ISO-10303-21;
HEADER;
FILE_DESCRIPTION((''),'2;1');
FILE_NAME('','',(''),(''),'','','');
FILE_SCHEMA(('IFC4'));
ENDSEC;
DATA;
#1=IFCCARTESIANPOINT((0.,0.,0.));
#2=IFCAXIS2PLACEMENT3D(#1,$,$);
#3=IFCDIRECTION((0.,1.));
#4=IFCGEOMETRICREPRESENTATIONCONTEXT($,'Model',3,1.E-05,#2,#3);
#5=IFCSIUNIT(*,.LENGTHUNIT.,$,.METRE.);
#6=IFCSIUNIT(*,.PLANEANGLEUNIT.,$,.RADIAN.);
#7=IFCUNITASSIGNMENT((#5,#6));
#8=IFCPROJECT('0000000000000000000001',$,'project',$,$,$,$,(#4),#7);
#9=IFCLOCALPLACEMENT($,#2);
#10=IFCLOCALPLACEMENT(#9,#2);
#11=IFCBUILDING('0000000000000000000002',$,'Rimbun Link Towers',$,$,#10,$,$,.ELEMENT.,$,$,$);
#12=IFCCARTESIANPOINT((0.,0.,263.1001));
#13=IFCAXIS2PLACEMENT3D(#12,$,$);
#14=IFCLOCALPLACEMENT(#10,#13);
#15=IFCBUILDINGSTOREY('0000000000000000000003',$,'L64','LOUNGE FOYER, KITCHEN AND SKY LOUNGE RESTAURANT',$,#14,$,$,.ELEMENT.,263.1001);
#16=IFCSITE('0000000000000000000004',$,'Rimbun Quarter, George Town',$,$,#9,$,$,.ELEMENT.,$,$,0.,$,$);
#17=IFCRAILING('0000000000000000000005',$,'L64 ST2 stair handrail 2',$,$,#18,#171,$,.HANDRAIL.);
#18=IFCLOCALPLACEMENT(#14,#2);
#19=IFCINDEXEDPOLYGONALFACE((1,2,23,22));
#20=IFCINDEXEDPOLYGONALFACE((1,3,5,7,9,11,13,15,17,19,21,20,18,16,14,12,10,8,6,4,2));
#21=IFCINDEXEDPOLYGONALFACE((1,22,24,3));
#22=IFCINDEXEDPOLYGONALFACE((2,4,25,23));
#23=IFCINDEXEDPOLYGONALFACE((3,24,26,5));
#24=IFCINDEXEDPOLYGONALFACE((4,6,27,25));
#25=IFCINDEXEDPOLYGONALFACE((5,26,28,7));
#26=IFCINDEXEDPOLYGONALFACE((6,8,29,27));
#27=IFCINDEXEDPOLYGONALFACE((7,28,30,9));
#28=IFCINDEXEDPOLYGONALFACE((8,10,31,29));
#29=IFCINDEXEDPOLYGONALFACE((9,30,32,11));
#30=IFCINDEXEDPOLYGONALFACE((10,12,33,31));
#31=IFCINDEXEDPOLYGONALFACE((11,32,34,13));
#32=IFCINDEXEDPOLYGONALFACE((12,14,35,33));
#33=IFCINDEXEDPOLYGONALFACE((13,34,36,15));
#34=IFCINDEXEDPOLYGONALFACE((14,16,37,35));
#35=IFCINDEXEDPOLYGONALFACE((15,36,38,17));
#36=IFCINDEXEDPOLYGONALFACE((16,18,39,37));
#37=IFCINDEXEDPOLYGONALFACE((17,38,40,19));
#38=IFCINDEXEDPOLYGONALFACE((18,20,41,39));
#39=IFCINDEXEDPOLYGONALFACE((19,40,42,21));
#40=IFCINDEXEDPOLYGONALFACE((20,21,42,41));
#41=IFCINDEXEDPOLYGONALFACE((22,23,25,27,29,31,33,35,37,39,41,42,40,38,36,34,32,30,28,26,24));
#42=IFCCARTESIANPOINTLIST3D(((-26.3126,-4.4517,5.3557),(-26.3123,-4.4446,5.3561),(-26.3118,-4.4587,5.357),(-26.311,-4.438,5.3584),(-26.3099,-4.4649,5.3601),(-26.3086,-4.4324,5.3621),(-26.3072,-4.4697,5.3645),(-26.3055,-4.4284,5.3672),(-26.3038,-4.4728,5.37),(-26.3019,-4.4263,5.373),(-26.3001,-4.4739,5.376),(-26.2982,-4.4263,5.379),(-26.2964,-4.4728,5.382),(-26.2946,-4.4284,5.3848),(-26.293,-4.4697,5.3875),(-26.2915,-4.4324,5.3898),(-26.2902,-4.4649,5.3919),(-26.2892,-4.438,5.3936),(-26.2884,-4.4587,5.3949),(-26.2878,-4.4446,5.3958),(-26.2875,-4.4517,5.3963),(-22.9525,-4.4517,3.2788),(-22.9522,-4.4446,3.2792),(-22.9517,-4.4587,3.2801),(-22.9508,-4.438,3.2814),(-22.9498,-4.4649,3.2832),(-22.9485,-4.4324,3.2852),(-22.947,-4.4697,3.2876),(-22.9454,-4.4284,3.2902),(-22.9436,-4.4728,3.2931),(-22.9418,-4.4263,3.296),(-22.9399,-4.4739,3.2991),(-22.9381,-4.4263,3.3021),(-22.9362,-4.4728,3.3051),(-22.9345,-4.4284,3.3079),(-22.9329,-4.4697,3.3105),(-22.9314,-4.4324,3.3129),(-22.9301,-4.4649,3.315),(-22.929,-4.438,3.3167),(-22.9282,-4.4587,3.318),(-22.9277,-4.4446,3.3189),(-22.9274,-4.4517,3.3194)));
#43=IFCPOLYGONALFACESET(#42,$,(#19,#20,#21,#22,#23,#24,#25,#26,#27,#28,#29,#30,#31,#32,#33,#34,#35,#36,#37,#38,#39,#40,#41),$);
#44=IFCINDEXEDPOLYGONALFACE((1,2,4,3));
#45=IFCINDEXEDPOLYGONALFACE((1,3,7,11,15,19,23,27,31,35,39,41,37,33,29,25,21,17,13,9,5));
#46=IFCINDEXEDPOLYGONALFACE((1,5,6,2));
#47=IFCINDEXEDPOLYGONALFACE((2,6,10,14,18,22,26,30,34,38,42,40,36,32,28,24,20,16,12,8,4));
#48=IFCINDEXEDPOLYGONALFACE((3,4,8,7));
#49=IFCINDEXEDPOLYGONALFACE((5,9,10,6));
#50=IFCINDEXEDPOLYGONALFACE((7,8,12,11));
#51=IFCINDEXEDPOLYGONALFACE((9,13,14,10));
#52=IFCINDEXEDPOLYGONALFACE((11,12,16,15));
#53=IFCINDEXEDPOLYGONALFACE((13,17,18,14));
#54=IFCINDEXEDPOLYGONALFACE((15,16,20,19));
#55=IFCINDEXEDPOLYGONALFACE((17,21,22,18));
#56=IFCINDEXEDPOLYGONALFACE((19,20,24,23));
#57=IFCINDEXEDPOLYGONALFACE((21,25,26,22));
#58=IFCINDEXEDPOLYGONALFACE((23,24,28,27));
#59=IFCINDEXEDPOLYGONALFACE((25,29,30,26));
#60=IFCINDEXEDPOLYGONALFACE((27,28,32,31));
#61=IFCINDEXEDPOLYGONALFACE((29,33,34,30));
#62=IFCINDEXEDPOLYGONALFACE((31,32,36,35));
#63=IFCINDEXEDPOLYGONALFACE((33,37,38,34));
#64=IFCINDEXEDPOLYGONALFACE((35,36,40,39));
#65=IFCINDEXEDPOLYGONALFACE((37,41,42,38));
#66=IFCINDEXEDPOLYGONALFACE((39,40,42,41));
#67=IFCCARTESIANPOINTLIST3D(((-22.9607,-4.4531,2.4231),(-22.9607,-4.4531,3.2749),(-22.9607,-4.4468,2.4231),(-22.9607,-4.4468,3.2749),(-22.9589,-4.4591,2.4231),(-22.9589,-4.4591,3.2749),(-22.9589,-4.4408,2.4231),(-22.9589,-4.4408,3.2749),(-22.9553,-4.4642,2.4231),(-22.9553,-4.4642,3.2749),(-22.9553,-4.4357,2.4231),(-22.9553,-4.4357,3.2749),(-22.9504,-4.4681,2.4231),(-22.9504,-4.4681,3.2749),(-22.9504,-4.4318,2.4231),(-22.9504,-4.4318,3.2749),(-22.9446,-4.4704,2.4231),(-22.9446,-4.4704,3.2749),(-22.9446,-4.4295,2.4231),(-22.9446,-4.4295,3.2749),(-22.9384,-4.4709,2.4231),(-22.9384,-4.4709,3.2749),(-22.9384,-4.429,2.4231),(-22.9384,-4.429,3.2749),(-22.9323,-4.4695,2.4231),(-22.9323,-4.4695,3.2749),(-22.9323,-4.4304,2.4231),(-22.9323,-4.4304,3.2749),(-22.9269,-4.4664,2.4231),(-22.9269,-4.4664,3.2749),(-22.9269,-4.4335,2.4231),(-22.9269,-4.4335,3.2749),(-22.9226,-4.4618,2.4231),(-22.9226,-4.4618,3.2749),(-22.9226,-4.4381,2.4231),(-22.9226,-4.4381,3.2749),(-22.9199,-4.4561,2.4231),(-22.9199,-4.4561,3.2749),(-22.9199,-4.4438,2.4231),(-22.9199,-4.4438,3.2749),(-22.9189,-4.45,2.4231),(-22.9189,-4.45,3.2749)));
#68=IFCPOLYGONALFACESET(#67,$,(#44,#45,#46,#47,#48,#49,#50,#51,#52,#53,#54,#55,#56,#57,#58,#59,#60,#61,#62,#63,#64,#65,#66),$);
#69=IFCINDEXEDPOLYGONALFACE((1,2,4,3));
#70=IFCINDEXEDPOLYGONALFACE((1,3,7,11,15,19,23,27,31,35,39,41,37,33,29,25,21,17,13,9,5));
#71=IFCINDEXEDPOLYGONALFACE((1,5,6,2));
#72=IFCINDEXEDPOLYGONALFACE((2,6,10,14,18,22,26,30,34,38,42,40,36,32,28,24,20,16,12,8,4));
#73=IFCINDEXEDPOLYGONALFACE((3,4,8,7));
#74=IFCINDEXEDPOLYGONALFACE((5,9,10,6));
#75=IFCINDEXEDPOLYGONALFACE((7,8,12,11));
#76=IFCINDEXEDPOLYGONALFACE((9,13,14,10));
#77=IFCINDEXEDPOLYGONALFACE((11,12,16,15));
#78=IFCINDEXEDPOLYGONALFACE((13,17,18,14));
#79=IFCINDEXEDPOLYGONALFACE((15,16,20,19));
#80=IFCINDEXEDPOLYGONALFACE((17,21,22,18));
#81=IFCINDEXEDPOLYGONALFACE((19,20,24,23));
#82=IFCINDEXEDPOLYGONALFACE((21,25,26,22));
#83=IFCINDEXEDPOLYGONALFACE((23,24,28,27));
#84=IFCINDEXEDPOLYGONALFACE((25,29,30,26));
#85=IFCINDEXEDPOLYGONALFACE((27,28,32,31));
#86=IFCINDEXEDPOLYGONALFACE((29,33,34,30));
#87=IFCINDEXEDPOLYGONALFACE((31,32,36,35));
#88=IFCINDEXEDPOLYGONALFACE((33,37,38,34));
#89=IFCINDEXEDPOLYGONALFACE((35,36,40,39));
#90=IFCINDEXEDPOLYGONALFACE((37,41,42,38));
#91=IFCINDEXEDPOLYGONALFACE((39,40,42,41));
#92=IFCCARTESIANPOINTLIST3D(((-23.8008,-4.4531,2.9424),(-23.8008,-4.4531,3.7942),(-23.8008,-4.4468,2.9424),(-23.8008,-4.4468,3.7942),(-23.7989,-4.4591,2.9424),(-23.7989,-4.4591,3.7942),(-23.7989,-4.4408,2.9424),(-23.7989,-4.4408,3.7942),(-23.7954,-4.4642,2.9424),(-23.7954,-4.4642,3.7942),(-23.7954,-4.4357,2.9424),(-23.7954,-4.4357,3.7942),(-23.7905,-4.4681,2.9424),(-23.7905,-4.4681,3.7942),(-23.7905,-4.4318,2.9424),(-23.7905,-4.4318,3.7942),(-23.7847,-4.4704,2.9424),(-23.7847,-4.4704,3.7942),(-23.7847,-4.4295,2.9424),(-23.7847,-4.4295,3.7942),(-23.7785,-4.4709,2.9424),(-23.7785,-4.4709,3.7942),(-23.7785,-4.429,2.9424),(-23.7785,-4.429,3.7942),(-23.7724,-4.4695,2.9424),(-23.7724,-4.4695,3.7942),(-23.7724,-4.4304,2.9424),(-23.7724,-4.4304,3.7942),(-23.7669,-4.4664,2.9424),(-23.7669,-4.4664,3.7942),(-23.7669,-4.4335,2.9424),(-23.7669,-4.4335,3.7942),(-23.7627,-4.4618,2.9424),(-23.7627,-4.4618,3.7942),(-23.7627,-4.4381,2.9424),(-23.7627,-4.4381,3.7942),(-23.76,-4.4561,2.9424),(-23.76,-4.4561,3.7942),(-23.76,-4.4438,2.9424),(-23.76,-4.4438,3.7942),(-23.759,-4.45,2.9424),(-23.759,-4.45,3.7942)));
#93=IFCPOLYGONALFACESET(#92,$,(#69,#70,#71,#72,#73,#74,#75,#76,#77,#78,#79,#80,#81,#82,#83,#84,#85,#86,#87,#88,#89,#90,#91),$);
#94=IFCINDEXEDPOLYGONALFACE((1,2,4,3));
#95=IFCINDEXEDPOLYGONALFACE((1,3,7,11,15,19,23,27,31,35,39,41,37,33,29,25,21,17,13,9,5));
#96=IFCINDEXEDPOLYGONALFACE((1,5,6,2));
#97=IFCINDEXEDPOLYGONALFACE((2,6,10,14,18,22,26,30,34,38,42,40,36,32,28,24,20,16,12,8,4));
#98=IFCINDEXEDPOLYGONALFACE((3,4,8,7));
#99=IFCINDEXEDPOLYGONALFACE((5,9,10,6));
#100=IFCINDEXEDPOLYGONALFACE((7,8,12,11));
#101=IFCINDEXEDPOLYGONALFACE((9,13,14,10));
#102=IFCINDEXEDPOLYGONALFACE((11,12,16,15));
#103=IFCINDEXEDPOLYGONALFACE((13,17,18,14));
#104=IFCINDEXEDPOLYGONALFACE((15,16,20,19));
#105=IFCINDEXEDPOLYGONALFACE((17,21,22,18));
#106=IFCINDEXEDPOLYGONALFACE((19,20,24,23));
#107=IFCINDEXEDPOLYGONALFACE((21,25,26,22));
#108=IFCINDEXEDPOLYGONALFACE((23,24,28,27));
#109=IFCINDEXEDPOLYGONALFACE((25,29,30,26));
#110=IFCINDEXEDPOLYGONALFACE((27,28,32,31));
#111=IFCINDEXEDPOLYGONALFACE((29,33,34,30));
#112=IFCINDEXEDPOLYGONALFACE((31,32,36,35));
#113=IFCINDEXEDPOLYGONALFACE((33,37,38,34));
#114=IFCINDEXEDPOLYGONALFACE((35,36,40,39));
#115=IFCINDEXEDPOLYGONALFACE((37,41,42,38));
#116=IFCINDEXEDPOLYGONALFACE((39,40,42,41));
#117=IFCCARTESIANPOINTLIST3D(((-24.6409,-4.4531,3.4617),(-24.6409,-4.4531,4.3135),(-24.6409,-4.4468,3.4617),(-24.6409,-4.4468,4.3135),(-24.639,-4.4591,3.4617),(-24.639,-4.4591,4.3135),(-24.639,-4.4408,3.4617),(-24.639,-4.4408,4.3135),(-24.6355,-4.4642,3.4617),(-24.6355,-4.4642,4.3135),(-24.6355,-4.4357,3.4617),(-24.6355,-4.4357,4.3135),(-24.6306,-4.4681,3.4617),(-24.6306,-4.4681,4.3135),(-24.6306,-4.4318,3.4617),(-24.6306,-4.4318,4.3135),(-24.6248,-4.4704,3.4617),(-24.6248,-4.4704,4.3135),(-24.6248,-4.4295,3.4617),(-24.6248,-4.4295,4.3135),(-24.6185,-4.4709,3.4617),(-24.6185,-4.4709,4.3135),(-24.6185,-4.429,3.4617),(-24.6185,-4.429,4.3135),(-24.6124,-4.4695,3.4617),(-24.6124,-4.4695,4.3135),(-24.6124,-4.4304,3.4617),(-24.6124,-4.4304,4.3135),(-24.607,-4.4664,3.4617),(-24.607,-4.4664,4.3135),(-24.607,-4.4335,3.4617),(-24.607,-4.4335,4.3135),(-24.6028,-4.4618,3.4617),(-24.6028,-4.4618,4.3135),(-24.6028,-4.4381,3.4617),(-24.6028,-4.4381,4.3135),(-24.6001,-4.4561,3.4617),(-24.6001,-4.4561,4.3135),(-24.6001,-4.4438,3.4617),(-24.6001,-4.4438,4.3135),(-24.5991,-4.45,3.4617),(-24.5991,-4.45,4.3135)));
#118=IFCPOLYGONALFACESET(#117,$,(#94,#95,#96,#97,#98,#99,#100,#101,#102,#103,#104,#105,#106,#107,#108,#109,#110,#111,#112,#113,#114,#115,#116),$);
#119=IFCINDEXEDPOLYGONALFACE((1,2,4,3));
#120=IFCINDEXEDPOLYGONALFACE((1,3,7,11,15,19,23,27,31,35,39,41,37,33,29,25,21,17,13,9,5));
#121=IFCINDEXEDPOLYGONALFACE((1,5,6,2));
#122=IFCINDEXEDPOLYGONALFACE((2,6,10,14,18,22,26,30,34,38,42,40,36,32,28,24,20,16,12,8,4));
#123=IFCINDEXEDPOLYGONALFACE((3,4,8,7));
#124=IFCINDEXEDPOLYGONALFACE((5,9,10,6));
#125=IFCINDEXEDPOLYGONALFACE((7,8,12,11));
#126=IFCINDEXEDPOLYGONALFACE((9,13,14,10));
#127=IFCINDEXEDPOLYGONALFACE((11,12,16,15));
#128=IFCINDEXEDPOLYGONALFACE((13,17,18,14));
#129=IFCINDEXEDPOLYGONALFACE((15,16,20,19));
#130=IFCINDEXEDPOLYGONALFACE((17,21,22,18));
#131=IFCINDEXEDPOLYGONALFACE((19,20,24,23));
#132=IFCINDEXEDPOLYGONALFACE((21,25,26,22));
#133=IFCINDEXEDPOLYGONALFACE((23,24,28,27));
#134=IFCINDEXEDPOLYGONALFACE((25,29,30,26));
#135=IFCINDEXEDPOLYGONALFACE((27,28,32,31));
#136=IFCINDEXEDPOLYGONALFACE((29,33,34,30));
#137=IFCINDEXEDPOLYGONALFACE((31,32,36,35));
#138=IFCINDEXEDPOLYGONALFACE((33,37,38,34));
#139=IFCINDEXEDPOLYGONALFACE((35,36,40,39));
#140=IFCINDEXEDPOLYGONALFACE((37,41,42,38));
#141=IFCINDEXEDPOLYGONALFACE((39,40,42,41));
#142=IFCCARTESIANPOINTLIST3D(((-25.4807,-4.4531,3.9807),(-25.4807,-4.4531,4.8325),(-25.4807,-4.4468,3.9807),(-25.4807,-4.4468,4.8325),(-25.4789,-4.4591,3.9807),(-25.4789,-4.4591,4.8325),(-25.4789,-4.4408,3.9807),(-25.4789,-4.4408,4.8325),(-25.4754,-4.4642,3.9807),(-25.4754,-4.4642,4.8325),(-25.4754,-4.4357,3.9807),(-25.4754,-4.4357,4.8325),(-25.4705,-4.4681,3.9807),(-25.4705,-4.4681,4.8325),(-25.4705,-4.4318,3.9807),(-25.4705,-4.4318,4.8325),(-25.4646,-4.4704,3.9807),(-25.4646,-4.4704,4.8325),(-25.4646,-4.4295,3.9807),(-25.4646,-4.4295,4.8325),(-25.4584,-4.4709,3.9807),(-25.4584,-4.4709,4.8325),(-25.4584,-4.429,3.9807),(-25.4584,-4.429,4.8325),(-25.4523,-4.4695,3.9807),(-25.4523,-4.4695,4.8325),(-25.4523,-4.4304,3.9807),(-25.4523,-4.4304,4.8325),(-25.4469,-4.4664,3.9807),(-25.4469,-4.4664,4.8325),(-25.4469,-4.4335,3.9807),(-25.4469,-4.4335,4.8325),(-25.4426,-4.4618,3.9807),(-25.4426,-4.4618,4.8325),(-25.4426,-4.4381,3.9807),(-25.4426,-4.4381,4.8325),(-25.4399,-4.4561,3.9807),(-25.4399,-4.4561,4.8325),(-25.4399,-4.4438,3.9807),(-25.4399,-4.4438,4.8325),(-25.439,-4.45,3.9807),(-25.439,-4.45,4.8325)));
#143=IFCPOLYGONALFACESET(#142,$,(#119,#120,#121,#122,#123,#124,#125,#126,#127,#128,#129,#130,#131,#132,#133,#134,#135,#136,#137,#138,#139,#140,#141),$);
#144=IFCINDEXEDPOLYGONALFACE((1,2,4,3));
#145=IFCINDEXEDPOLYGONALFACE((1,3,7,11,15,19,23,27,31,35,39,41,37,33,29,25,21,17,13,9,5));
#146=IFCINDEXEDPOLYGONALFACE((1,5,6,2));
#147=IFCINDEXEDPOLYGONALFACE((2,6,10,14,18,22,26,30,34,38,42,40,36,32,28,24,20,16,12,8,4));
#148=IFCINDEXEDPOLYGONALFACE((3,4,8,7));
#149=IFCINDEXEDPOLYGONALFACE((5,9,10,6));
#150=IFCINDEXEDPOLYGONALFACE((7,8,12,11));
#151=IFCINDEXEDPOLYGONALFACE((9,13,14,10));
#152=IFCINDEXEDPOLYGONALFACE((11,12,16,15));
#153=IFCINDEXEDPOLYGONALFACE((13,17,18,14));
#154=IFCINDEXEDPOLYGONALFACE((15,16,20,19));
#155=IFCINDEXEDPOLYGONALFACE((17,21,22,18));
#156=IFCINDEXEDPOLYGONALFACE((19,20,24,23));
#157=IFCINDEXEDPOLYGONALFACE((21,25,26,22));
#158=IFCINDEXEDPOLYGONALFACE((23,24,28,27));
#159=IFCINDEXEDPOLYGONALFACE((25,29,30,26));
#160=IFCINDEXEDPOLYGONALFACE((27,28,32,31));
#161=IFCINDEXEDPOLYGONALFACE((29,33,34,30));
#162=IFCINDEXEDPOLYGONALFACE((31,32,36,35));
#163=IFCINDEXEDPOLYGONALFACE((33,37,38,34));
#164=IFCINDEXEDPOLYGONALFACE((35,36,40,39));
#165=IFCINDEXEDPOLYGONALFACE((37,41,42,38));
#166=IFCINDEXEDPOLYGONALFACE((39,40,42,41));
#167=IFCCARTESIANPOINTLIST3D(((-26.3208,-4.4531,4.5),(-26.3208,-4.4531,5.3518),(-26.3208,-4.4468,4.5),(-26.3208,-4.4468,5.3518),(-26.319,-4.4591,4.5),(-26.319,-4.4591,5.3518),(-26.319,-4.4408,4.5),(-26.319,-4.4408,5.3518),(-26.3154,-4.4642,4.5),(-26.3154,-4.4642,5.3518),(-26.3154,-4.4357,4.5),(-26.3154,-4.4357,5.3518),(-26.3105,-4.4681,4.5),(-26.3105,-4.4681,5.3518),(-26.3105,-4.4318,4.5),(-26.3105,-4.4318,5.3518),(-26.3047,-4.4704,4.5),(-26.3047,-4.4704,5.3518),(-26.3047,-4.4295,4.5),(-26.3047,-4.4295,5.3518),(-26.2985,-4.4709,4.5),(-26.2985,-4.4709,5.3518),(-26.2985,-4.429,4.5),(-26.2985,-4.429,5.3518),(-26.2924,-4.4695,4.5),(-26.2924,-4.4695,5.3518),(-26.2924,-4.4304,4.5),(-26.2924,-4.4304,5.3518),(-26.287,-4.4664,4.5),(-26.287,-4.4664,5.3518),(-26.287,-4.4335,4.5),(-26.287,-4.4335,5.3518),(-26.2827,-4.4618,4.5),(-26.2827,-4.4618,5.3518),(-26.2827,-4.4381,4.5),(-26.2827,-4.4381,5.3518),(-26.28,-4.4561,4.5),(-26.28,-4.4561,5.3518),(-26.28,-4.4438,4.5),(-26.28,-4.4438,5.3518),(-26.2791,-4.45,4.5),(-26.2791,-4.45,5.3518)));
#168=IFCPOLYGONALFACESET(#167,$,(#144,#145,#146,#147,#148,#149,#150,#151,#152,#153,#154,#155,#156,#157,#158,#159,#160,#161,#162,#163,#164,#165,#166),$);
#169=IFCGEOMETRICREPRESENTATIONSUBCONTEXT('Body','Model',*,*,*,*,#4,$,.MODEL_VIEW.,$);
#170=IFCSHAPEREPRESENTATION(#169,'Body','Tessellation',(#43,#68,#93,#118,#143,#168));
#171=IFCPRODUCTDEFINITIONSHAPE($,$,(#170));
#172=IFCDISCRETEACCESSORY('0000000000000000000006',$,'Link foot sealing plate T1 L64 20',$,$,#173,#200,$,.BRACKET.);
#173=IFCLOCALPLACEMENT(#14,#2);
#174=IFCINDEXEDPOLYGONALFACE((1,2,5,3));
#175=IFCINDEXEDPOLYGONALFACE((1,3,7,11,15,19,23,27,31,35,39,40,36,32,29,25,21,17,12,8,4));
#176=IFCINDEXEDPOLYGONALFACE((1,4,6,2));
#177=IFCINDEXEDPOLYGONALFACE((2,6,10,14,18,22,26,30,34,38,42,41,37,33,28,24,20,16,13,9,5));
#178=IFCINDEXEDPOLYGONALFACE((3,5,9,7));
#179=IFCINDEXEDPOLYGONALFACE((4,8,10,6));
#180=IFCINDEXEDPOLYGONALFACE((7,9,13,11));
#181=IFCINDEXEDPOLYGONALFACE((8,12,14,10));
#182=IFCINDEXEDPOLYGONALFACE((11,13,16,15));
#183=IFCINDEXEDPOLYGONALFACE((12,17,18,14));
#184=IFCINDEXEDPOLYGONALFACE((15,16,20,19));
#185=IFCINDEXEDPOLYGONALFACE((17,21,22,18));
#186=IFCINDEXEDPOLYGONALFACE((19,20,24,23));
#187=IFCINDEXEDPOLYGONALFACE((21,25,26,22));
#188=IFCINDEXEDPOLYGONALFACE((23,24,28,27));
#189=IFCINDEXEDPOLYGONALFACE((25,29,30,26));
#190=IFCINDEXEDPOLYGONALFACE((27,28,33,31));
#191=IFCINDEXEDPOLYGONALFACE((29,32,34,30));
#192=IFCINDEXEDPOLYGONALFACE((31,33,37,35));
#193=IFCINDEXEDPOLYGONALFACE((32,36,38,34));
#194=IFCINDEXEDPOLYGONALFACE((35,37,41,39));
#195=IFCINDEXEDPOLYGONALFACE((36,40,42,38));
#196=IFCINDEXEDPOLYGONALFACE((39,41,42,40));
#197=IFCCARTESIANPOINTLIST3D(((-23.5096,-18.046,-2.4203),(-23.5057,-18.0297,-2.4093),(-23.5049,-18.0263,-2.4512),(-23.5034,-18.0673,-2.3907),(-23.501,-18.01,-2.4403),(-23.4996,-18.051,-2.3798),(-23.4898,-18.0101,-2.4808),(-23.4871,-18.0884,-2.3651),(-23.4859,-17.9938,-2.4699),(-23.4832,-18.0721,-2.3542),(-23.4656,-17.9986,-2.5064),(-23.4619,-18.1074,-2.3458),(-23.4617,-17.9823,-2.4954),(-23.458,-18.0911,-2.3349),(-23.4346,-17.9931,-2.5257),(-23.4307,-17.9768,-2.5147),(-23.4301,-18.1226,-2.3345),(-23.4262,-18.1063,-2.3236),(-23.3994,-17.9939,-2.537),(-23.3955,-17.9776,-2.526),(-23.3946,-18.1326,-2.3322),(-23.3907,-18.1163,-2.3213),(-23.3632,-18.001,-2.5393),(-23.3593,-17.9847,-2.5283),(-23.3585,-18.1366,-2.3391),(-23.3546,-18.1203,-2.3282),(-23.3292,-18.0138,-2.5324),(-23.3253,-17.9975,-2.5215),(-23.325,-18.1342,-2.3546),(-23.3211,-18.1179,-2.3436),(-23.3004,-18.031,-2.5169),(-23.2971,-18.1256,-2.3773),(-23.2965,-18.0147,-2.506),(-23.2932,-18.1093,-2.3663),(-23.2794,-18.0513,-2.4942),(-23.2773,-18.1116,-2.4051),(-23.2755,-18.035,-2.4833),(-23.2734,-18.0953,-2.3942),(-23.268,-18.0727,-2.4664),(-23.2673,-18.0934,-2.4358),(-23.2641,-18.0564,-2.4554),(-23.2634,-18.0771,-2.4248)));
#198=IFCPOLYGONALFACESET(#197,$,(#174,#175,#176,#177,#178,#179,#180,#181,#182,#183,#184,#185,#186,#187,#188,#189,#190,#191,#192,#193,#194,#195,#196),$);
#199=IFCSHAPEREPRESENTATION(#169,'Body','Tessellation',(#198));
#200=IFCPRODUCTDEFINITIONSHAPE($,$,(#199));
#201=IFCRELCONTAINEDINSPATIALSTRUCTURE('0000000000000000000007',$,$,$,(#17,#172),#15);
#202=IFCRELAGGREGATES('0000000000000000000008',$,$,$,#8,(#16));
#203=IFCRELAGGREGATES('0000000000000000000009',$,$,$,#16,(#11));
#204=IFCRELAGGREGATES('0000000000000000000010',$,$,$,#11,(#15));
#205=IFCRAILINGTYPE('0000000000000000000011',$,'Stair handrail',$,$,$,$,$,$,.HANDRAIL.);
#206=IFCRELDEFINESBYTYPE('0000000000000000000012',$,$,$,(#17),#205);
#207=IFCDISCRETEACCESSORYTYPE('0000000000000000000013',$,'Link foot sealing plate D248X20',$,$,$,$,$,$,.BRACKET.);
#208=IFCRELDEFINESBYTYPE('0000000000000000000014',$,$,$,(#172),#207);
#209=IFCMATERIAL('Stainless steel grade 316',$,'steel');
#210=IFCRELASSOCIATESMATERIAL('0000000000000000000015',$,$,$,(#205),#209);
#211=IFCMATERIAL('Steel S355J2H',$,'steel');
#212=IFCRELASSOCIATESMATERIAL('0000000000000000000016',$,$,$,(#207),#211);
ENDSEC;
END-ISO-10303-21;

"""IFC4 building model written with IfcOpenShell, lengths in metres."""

from ifc_helpers import new_model, si_unit, direction, frame, origin, origin_2d, place, context, subcontext, project, spatial, circle, extrude, material, material_profile, profile_set, type_object, element, save


model = new_model("IFC4")

# Units and contexts
model_context = context("Model", 3, precision=1e-05, world=origin(), true_north=direction((0.0, 1.0)))
body_context = subcontext(model_context, "Body", "Model", "MODEL_VIEW")
ifc_project = project(units=[si_unit("LENGTHUNIT", "METRE"), si_unit("PLANEANGLEUNIT", "RADIAN")], contexts=[model_context])

# Site, building, storey
site_placement = place(None, origin())
site = spatial("IfcSite", under=ifc_project, at=site_placement, Name="Rimbun Quarter, George Town", CompositionType="ELEMENT", RefElevation=0.0)
building_placement = place(site_placement, origin())
building = spatial("IfcBuilding", under=site, at=building_placement, Name="Rimbun Link Towers", CompositionType="ELEMENT")
storey_placement = place(building_placement, frame((0.0, 0.0, 263.1001)))
storey = spatial("IfcBuildingStorey", under=building, at=storey_placement, Name="L64", Description="LOUNGE FOYER, KITCHEN AND SKY LOUNGE RESTAURANT", CompositionType="ELEMENT", Elevation=263.1001)

# Railing
ifc_material_1 = material(Name="Stainless steel grade 316", Category="steel")
railing_type_1 = type_object("IfcRailingType", Name="Stair handrail", PredefinedType="HANDRAIL", material=ifc_material_1)
railing_1_placement = place(storey_placement, frame((-22.9399, -4.45, 2.4231)))
element("IfcRailing", 1, at=railing_1_placement, inside=storey, type_object=railing_type_1, Name="L64 ST2 stair handrail 2", PredefinedType="HANDRAIL", context=body_context, shape_type="SweptSolid", body=[
    extrude(circle(Radius=0.0239, at=origin_2d()), frame((0.0, 0.0, 0.876), z_axis=(-0.850623, 0.0, 0.525776), x_axis=(0.0, -1.0, 0.0)), (0.0, 0.0, 1.0), 3.9502),
    extrude(circle(Radius=0.021, at=origin_2d()), origin(), (0.0, 0.0, 1.0), 0.8518),
    extrude(circle(Radius=0.021, at=origin_2d()), frame((-0.8401, 0.0, 0.5193)), (0.0, 0.0, 1.0), 0.8518),
    extrude(circle(Radius=0.021, at=origin_2d()), frame((-1.6802, 0.0, 1.0386)), (0.0, 0.0, 1.0), 0.8518),
    extrude(circle(Radius=0.021, at=origin_2d()), frame((-2.52, 0.0, 1.5576)), (0.0, 0.0, 1.0), 0.8518),
    extrude(circle(Radius=0.021, at=origin_2d()), frame((-3.3601, 0.0, 2.0769)), (0.0, 0.0, 1.0), 0.8518),
])

# Discrete accessory
ifc_material_2 = material(Name="Steel S355J2H", Category="steel")
ifc_material_profile_1 = material_profile(ifc_material_2, circle(Radius=0.124, at=origin_2d()), Name="PL D248")
ifc_profile_set_1 = profile_set([ifc_material_profile_1], Name="Steel S355J2H")
discrete_accessory_type = type_object("IfcDiscreteAccessoryType", Name="Link foot sealing plate D248X20", PredefinedType="BRACKET", material=ifc_profile_set_1)
discrete_accessory_placement = place(storey_placement, frame((-23.384, -18.0483, -2.4248), z_axis=(-0.194458, -0.814293, -0.546913), x_axis=(0.97265, -0.232275, 0.0)))
element("IfcDiscreteAccessory", 2, at=discrete_accessory_placement, inside=storey, type_object=discrete_accessory_type, Name="Link foot sealing plate T1 L64 20", PredefinedType="BRACKET", context=body_context, shape_type="SweptSolid", body=[
    extrude(circle(Radius=0.124, at=origin_2d()), origin(), (0.0, 0.0, 1.0), 0.02),
])

save(model, "model.ifc")
